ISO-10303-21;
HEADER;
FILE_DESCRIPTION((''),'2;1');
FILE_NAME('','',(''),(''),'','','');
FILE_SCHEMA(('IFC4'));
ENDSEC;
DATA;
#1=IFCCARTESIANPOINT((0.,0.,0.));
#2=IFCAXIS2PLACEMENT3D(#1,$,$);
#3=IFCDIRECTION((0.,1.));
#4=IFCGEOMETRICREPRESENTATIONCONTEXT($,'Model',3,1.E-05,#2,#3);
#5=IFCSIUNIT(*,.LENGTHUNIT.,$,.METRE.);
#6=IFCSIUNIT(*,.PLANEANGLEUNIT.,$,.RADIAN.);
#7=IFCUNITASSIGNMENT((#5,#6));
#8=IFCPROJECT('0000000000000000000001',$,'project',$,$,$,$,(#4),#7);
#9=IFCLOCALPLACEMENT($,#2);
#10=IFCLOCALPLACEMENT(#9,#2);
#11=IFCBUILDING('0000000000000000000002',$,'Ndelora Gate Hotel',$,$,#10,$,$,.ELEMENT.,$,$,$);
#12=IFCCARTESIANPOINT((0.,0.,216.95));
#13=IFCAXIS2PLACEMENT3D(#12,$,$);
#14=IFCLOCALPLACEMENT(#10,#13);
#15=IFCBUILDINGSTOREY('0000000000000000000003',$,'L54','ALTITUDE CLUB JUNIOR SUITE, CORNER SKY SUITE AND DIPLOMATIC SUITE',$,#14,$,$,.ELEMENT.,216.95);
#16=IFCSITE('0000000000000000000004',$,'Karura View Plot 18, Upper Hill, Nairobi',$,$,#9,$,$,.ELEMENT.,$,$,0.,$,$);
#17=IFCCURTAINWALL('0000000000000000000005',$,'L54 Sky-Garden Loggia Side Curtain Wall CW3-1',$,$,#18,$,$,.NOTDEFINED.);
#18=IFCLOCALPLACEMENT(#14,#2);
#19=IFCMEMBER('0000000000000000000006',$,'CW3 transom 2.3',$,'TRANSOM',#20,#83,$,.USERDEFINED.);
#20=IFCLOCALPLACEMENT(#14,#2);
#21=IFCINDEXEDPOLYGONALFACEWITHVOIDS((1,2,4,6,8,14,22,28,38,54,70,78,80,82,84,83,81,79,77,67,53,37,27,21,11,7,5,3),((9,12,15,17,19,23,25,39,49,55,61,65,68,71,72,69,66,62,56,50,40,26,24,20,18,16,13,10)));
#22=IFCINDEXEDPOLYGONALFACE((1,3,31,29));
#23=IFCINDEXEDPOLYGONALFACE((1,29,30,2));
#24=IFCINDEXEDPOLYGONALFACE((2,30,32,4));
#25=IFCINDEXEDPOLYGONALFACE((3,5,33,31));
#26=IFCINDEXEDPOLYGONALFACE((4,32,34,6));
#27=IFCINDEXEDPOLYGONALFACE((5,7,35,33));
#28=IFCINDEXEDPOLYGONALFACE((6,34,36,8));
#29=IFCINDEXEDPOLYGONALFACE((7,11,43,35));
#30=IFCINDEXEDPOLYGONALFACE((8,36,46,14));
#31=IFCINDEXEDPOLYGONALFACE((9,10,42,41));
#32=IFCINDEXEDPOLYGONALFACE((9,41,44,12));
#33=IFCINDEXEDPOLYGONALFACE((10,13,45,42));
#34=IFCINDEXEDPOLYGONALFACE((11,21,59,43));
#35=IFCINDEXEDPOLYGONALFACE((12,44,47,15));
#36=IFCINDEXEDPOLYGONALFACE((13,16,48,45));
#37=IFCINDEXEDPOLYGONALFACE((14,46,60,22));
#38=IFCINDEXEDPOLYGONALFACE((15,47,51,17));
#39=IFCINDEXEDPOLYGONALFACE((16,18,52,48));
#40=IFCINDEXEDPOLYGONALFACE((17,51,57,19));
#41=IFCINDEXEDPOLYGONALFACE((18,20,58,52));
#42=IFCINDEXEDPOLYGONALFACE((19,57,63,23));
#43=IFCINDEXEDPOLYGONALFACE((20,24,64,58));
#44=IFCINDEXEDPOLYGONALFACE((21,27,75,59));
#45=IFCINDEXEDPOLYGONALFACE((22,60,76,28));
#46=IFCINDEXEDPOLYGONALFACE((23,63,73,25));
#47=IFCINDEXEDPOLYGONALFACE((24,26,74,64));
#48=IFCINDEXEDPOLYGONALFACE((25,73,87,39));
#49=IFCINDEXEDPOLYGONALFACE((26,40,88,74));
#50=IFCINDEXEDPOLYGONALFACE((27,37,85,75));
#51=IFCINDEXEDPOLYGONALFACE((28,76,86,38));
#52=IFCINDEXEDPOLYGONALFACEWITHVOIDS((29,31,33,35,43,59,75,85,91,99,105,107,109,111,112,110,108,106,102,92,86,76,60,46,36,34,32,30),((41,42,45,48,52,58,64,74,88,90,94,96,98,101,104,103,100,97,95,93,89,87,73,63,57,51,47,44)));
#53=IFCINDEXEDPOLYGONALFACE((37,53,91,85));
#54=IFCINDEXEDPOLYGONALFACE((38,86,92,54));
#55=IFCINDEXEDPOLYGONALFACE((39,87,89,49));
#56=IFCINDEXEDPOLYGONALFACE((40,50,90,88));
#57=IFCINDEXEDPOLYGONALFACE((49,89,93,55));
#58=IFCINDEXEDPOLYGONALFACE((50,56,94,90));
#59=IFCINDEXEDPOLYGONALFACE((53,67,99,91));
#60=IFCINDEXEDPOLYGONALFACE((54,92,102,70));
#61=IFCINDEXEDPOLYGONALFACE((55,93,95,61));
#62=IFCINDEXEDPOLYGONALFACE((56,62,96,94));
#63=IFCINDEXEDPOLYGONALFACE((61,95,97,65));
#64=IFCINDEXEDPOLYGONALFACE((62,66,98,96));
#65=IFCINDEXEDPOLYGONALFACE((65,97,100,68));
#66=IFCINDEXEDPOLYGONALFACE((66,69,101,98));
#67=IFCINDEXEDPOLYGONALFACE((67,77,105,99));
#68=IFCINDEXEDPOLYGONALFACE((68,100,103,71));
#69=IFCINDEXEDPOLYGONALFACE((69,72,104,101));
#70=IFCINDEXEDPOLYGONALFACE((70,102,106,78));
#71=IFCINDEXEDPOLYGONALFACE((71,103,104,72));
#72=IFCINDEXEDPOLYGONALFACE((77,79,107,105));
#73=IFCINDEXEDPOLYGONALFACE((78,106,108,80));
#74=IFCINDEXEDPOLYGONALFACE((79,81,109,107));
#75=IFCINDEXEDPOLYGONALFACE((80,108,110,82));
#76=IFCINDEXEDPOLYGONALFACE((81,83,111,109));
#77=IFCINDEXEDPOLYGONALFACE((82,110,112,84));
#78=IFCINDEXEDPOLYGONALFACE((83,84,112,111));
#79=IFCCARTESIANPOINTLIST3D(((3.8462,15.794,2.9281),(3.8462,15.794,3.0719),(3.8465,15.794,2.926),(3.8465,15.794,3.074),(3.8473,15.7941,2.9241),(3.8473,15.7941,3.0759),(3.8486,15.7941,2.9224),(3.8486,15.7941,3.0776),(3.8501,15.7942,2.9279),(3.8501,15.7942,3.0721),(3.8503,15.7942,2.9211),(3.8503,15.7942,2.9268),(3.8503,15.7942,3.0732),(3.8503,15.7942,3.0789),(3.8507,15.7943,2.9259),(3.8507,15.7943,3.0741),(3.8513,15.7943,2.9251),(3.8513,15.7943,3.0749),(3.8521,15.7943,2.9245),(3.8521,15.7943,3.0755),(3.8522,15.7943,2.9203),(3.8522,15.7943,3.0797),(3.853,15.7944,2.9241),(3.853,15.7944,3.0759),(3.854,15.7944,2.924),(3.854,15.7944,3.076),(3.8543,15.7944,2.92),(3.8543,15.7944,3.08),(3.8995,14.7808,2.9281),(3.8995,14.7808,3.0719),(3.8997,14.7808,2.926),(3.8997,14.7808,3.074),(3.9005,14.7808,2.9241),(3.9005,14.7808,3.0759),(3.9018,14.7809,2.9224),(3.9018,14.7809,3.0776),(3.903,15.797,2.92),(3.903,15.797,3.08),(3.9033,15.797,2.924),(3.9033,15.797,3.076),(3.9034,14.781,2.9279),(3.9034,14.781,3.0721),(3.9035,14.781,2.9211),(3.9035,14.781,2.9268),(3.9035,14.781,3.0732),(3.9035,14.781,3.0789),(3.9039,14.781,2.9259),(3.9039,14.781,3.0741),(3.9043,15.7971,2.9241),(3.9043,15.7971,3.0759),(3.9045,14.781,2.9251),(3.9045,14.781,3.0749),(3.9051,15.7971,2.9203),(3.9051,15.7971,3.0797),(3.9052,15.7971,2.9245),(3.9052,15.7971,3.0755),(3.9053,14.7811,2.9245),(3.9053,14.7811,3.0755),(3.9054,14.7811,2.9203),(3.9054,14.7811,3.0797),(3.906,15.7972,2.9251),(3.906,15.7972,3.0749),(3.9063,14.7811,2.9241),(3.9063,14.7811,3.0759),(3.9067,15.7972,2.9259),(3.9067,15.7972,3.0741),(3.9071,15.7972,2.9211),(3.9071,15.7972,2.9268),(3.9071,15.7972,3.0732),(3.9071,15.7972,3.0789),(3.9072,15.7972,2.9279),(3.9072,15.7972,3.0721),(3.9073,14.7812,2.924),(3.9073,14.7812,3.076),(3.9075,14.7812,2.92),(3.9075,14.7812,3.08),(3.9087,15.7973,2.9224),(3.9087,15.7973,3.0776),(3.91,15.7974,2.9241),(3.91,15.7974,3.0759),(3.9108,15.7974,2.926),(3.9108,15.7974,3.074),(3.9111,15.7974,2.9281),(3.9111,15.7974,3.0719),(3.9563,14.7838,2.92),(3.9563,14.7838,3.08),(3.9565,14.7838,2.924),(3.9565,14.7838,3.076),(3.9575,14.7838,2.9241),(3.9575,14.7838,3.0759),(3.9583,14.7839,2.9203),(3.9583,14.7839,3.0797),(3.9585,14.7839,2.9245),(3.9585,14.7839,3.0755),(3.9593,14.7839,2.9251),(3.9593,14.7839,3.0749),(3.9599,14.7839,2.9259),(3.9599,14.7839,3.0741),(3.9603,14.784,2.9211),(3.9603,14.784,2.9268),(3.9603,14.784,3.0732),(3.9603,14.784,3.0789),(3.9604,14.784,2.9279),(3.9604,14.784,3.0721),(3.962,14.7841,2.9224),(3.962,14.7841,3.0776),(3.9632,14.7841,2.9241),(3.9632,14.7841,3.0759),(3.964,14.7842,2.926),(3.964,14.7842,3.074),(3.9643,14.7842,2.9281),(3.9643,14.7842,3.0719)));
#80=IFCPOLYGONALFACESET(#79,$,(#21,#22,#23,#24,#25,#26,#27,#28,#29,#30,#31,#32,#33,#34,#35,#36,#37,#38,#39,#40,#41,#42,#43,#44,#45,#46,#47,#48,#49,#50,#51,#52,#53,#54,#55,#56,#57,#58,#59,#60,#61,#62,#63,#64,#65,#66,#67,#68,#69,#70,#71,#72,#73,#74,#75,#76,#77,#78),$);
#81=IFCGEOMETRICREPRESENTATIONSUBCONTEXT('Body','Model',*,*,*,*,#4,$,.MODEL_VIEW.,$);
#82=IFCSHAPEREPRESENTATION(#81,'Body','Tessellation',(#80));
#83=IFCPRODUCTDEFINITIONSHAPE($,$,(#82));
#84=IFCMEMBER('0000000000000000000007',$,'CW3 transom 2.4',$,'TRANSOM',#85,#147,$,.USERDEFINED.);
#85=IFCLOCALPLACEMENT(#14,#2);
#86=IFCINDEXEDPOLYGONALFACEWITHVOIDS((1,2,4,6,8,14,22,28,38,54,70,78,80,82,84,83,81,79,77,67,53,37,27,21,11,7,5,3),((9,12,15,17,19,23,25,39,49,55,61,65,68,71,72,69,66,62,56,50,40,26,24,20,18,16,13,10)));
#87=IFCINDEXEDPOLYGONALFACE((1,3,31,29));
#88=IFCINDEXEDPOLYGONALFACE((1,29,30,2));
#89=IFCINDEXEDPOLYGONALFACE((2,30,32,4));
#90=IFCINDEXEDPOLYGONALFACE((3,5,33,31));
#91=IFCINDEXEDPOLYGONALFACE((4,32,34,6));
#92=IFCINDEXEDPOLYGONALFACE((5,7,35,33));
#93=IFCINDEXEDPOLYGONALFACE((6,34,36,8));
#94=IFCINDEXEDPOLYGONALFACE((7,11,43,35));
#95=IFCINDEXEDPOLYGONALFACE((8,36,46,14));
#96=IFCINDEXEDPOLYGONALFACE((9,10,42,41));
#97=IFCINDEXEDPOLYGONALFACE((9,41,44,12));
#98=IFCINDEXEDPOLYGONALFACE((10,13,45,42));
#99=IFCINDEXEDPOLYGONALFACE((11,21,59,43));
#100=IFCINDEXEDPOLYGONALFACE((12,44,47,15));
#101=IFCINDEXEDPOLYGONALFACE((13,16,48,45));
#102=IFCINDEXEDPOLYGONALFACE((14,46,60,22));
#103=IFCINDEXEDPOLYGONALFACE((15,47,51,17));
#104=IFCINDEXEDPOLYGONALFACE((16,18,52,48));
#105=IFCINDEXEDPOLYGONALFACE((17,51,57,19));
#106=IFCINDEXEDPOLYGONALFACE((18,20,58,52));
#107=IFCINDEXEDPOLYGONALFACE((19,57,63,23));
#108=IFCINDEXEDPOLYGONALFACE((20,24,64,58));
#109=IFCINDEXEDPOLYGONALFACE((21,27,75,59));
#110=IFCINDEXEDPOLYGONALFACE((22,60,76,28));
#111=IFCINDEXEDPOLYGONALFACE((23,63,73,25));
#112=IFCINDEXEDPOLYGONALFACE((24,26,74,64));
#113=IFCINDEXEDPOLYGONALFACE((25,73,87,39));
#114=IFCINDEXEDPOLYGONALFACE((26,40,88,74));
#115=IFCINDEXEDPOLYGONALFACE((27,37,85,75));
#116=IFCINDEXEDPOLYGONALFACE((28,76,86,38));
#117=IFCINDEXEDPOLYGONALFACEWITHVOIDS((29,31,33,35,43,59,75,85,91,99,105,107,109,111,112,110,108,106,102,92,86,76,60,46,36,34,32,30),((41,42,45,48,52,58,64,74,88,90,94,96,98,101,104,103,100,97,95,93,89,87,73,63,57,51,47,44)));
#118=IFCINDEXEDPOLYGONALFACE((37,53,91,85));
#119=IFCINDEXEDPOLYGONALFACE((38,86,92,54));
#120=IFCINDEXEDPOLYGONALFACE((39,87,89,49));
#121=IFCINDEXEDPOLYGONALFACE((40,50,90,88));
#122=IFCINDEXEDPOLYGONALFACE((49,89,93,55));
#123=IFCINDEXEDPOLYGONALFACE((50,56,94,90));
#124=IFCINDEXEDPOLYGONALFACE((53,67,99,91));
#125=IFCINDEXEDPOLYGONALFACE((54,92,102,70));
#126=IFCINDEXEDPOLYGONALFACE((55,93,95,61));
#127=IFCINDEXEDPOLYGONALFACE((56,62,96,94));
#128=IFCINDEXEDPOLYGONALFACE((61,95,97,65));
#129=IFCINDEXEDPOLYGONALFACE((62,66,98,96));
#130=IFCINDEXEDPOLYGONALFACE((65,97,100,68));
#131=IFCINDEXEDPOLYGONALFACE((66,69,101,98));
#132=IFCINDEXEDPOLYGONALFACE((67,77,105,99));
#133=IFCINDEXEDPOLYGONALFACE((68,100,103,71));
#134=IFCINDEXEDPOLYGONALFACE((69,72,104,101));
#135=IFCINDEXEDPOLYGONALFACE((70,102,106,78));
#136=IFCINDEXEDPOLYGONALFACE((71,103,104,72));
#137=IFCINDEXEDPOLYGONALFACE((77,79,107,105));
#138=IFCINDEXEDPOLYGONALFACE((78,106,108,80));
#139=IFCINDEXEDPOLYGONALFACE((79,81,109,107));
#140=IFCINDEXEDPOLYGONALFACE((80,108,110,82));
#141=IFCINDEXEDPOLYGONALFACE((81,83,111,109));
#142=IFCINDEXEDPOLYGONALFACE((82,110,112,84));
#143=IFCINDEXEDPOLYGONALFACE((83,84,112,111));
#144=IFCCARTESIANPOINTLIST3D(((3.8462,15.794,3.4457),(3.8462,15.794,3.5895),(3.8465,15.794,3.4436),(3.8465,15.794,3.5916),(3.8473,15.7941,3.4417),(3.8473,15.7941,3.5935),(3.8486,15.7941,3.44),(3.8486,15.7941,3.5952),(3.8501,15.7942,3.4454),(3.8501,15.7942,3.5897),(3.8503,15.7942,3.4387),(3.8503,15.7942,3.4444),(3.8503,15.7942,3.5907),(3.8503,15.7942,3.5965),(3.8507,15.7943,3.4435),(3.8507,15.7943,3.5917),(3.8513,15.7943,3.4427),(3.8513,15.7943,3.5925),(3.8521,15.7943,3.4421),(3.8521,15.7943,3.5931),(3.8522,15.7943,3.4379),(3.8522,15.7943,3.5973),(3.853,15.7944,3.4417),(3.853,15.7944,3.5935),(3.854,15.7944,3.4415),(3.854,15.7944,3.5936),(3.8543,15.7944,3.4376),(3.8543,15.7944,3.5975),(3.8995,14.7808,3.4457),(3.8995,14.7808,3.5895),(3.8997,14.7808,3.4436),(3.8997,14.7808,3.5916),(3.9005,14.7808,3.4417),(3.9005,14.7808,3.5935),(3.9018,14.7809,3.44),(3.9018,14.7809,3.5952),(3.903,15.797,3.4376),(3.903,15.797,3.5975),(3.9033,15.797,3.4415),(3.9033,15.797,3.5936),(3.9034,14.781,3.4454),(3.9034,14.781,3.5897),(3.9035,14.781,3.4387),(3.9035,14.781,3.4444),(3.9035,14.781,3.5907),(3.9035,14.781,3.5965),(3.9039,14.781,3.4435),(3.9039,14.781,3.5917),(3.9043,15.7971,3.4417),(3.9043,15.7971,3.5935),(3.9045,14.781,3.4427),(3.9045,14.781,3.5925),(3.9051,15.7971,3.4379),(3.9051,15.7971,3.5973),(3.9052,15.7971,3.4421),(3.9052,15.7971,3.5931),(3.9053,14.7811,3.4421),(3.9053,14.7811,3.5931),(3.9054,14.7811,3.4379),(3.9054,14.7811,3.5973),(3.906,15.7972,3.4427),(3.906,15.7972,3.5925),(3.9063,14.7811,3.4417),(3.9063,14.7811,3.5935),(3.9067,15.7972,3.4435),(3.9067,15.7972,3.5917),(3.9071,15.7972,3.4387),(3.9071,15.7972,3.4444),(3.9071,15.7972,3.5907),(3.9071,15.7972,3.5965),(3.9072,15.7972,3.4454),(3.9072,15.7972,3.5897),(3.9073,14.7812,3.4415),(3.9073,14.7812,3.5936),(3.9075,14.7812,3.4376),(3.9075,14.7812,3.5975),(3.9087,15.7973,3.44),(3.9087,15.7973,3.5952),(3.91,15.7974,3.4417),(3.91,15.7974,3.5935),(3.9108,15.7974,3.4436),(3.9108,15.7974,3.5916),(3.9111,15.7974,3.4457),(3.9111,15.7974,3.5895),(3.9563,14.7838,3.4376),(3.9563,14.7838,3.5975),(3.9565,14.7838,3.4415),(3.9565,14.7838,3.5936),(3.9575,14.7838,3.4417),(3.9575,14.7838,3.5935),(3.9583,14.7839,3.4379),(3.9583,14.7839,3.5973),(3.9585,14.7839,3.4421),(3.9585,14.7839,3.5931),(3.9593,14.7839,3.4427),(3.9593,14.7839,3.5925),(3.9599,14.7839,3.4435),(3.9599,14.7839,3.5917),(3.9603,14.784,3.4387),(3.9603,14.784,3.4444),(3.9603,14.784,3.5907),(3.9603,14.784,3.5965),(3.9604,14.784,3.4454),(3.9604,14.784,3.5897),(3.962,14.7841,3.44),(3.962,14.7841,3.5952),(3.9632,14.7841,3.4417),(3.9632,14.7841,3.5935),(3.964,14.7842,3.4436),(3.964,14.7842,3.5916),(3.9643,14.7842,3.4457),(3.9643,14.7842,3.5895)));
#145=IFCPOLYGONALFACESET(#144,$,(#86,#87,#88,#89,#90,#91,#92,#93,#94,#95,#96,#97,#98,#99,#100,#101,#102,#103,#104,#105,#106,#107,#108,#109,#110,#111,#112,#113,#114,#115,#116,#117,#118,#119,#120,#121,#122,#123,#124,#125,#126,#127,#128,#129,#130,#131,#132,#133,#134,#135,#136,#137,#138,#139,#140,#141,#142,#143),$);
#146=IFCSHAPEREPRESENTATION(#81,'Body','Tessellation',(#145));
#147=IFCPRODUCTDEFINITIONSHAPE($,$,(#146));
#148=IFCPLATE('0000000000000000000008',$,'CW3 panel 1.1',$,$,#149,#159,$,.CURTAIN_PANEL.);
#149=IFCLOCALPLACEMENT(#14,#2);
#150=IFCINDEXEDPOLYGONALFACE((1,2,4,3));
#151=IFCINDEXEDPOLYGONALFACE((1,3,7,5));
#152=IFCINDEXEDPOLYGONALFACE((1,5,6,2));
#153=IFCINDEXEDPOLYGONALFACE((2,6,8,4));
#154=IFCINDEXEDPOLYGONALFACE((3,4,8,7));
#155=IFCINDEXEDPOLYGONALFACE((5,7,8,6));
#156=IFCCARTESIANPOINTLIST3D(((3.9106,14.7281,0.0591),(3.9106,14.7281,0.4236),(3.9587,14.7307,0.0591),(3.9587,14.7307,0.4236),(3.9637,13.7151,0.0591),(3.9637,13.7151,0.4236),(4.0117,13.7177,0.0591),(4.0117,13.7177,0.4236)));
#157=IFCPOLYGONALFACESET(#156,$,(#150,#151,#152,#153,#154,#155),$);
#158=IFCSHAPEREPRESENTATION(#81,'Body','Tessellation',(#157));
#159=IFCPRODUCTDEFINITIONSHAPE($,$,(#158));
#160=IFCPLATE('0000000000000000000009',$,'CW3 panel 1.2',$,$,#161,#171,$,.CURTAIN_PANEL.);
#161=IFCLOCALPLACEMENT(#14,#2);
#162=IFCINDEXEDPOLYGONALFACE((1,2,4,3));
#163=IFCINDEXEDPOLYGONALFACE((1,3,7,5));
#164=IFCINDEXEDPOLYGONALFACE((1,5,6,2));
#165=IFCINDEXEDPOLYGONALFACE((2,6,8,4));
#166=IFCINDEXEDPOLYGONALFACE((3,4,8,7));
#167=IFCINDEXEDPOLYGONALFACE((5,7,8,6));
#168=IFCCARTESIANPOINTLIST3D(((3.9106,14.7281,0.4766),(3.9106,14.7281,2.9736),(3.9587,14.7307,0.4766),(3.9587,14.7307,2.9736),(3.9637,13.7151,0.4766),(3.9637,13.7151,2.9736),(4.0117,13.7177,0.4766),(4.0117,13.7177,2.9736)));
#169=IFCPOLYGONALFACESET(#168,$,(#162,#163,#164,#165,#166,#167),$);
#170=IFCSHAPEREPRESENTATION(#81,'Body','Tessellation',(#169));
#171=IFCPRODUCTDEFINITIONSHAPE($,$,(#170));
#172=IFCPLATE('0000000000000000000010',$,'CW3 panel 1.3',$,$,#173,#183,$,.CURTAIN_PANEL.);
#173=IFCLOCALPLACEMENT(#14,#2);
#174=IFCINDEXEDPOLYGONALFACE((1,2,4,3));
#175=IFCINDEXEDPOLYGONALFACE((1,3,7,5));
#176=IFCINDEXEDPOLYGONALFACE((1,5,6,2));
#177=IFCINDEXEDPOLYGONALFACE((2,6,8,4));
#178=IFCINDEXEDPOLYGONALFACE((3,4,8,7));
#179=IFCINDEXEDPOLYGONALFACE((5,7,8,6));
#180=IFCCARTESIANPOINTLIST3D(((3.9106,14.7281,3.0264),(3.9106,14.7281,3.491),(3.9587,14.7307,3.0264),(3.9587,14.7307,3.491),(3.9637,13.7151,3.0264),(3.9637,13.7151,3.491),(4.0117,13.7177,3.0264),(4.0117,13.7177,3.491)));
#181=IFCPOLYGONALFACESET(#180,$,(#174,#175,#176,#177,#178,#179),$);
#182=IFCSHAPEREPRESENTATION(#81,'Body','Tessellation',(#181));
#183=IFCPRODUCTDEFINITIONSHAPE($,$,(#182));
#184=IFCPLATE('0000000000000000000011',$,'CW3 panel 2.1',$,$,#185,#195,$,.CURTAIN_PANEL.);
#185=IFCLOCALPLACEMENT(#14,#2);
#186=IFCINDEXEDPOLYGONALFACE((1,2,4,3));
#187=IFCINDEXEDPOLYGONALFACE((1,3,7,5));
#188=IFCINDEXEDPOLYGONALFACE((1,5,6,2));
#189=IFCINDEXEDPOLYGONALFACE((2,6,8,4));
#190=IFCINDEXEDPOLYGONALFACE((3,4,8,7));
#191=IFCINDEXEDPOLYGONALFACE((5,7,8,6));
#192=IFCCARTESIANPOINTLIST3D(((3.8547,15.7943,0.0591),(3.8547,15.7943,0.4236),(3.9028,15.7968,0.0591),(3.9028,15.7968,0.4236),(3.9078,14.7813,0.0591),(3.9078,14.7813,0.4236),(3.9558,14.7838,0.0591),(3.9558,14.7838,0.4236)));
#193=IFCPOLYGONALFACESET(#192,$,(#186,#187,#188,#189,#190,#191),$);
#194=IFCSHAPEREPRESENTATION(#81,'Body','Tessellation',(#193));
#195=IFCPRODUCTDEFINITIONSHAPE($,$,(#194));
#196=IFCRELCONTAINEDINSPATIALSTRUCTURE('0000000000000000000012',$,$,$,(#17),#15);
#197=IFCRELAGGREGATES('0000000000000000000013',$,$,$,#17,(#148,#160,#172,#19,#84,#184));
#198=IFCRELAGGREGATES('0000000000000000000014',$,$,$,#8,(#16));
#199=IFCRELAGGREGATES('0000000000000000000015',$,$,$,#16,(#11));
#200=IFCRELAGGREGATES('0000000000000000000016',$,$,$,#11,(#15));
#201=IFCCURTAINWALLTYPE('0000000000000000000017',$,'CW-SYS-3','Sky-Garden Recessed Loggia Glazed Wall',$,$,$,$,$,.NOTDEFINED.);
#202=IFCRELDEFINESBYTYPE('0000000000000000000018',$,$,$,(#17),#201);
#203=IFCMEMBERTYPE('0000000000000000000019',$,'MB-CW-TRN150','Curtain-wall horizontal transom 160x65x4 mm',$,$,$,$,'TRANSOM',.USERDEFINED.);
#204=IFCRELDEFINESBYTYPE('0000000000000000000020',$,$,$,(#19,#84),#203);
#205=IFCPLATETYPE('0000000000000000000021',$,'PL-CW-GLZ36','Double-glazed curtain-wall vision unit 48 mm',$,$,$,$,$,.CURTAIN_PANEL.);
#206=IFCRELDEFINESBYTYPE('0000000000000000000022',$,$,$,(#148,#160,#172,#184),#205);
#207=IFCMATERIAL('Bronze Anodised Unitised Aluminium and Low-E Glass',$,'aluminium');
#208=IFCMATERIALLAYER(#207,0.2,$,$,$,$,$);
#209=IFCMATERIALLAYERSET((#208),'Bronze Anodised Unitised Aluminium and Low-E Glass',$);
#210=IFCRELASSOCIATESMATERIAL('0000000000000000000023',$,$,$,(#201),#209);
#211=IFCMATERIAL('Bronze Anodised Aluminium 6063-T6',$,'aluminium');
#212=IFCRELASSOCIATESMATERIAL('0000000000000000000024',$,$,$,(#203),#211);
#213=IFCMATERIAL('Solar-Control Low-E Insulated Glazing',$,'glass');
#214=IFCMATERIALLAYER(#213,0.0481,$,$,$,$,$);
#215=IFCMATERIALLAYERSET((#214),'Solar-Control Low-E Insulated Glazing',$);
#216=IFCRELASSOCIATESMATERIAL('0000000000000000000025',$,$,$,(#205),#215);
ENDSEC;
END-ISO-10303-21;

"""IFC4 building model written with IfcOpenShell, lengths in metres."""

from ifc_helpers import new_model, si_unit, direction, frame, origin, origin_2d, place, context, subcontext, project, spatial, rectangle, hollow_rectangle, extrude, material, layer, layer_set, material_profile, profile_set, type_object, element, aggregate, save


model = new_model("IFC4")

# Units and contexts
model_context = context("Model", 3, precision=1e-05, world=origin(), true_north=direction((0.0, 1.0)))
body_context = subcontext(model_context, "Body", "Model", "MODEL_VIEW")
ifc_project = project(units=[si_unit("LENGTHUNIT", "METRE"), si_unit("PLANEANGLEUNIT", "RADIAN")], contexts=[model_context])

# Site, building, storey
site_placement = place(None, origin())
site = spatial("IfcSite", under=ifc_project, at=site_placement, Name="Karura View Plot 18, Upper Hill, Nairobi", CompositionType="ELEMENT", RefElevation=0.0)
building_placement = place(site_placement, origin())
building = spatial("IfcBuilding", under=site, at=building_placement, Name="Ndelora Gate Hotel", CompositionType="ELEMENT")
storey_placement = place(building_placement, frame((0.0, 0.0, 216.95)))
storey = spatial("IfcBuildingStorey", under=building, at=storey_placement, Name="L54", Description="ALTITUDE CLUB JUNIOR SUITE, CORNER SKY SUITE AND DIPLOMATIC SUITE", CompositionType="ELEMENT", Elevation=216.95)

# Curtain wall, members, plates
ifc_material_1 = material(Name="Bronze Anodised Unitised Aluminium and Low-E Glass", Category="aluminium")
ifc_layer_1 = layer(ifc_material_1, 0.2)
ifc_layer_set_1 = layer_set([ifc_layer_1], Name="Bronze Anodised Unitised Aluminium and Low-E Glass")
curtain_wall_type = type_object("IfcCurtainWallType", Name="CW-SYS-3", Description="Sky-Garden Recessed Loggia Glazed Wall", PredefinedType="NOTDEFINED", material=ifc_layer_set_1)
curtain_wall_placement = place(storey_placement, origin())
curtain_wall = element("IfcCurtainWall", 1, at=curtain_wall_placement, inside=storey, type_object=curtain_wall_type, Name="L54 Sky-Garden Loggia Side Curtain Wall CW3-1", PredefinedType="NOTDEFINED")
ifc_material_2 = material(Name="Bronze Anodised Aluminium 6063-T6", Category="aluminium")
ifc_material_profile_1 = material_profile(ifc_material_2, hollow_rectangle(XDim=0.0649, YDim=0.1599, WallThickness=0.0039, InnerFilletRadius=0.0039, OuterFilletRadius=0.0081, at=origin_2d()), Name="ALU 160x65x4")
ifc_profile_set_1 = profile_set([ifc_material_profile_1], Name="Bronze Anodised Aluminium 6063-T6")
member_type_1 = type_object("IfcMemberType", Name="MB-CW-TRN150", Description="Curtain-wall horizontal transom 160x65x4 mm", ElementType="TRANSOM", PredefinedType="USERDEFINED", material=ifc_profile_set_1)
member_1_placement = place(storey_placement, frame((3.9319, 14.7825, 3.0), z_axis=(-0.052458, 0.998623, 0.0), x_axis=(-0.998623, -0.052458, 0.0)))
member_1 = element("IfcMember", 2, at=member_1_placement, type_object=member_type_1, Name="CW3 transom 2.3", ObjectType="TRANSOM", PredefinedType="USERDEFINED", context=body_context, shape_type="SweptSolid", body=[
    extrude(hollow_rectangle(XDim=0.0649, YDim=0.1599, WallThickness=0.0039, InnerFilletRadius=0.0039, OuterFilletRadius=0.0081, at=origin_2d()), origin(), (0.0, 0.0, 1.0), 1.0146),
])
member_2_placement = place(storey_placement, frame((3.9319, 14.7825, 3.5176), z_axis=(-0.052458, 0.998623, 0.0), x_axis=(-0.998623, -0.052458, 0.0)))
member_2 = element("IfcMember", 3, at=member_2_placement, type_object=member_type_1, Name="CW3 transom 2.4", ObjectType="TRANSOM", PredefinedType="USERDEFINED", context=body_context, shape_type="SweptSolid", body=[
    extrude(hollow_rectangle(XDim=0.0649, YDim=0.1599, WallThickness=0.0039, InnerFilletRadius=0.0039, OuterFilletRadius=0.0081, at=origin_2d()), origin(), (0.0, 0.0, 1.0), 1.0146),
])
ifc_material_3 = material(Name="Solar-Control Low-E Insulated Glazing", Category="glass")
ifc_layer_2 = layer(ifc_material_3, 0.0481)
ifc_layer_set_2 = layer_set([ifc_layer_2], Name="Solar-Control Low-E Insulated Glazing")
plate_type = type_object("IfcPlateType", Name="PL-CW-GLZ36", Description="Double-glazed curtain-wall vision unit 48 mm", PredefinedType="CURTAIN_PANEL", material=ifc_layer_set_2)
plate_1_placement = place(storey_placement, frame((3.9612, 14.2229, 0.0591), z_axis=(0.0, 0.0, 1.0), x_axis=(-0.052318, 0.99863, 0.0)))
plate_1 = element("IfcPlate", 4, at=plate_1_placement, type_object=plate_type, Name="CW3 panel 1.1", PredefinedType="CURTAIN_PANEL", context=body_context, shape_type="SweptSolid", body=[
    extrude(rectangle(XDim=1.0144, YDim=0.0481, at=origin_2d()), origin(), (0.0, 0.0, 1.0), 0.3645),
])
plate_2_placement = place(storey_placement, frame((3.9612, 14.2229, 0.4766), z_axis=(0.0, 0.0, 1.0), x_axis=(-0.052318, 0.99863, 0.0)))
plate_2 = element("IfcPlate", 5, at=plate_2_placement, type_object=plate_type, Name="CW3 panel 1.2", PredefinedType="CURTAIN_PANEL", context=body_context, shape_type="SweptSolid", body=[
    extrude(rectangle(XDim=1.0144, YDim=0.0481, at=origin_2d()), origin(), (0.0, 0.0, 1.0), 2.4971),
])
plate_3_placement = place(storey_placement, frame((3.9612, 14.2229, 3.0264), z_axis=(0.0, 0.0, 1.0), x_axis=(-0.052318, 0.99863, 0.0)))
plate_3 = element("IfcPlate", 6, at=plate_3_placement, type_object=plate_type, Name="CW3 panel 1.3", PredefinedType="CURTAIN_PANEL", context=body_context, shape_type="SweptSolid", body=[
    extrude(rectangle(XDim=1.0144, YDim=0.0481, at=origin_2d()), origin(), (0.0, 0.0, 1.0), 0.4646),
])
plate_4_placement = place(storey_placement, frame((3.9053, 15.2891, 0.0591), z_axis=(0.0, 0.0, 1.0), x_axis=(-0.052318, 0.99863, 0.0)))
plate_4 = element("IfcPlate", 7, at=plate_4_placement, type_object=plate_type, Name="CW3 panel 2.1", PredefinedType="CURTAIN_PANEL", context=body_context, shape_type="SweptSolid", body=[
    extrude(rectangle(XDim=1.0144, YDim=0.0481, at=origin_2d()), origin(), (0.0, 0.0, 1.0), 0.3645),
])
aggregate(curtain_wall, [plate_1, plate_2, plate_3, member_1, member_2, plate_4])

save(model, "model.ifc")
